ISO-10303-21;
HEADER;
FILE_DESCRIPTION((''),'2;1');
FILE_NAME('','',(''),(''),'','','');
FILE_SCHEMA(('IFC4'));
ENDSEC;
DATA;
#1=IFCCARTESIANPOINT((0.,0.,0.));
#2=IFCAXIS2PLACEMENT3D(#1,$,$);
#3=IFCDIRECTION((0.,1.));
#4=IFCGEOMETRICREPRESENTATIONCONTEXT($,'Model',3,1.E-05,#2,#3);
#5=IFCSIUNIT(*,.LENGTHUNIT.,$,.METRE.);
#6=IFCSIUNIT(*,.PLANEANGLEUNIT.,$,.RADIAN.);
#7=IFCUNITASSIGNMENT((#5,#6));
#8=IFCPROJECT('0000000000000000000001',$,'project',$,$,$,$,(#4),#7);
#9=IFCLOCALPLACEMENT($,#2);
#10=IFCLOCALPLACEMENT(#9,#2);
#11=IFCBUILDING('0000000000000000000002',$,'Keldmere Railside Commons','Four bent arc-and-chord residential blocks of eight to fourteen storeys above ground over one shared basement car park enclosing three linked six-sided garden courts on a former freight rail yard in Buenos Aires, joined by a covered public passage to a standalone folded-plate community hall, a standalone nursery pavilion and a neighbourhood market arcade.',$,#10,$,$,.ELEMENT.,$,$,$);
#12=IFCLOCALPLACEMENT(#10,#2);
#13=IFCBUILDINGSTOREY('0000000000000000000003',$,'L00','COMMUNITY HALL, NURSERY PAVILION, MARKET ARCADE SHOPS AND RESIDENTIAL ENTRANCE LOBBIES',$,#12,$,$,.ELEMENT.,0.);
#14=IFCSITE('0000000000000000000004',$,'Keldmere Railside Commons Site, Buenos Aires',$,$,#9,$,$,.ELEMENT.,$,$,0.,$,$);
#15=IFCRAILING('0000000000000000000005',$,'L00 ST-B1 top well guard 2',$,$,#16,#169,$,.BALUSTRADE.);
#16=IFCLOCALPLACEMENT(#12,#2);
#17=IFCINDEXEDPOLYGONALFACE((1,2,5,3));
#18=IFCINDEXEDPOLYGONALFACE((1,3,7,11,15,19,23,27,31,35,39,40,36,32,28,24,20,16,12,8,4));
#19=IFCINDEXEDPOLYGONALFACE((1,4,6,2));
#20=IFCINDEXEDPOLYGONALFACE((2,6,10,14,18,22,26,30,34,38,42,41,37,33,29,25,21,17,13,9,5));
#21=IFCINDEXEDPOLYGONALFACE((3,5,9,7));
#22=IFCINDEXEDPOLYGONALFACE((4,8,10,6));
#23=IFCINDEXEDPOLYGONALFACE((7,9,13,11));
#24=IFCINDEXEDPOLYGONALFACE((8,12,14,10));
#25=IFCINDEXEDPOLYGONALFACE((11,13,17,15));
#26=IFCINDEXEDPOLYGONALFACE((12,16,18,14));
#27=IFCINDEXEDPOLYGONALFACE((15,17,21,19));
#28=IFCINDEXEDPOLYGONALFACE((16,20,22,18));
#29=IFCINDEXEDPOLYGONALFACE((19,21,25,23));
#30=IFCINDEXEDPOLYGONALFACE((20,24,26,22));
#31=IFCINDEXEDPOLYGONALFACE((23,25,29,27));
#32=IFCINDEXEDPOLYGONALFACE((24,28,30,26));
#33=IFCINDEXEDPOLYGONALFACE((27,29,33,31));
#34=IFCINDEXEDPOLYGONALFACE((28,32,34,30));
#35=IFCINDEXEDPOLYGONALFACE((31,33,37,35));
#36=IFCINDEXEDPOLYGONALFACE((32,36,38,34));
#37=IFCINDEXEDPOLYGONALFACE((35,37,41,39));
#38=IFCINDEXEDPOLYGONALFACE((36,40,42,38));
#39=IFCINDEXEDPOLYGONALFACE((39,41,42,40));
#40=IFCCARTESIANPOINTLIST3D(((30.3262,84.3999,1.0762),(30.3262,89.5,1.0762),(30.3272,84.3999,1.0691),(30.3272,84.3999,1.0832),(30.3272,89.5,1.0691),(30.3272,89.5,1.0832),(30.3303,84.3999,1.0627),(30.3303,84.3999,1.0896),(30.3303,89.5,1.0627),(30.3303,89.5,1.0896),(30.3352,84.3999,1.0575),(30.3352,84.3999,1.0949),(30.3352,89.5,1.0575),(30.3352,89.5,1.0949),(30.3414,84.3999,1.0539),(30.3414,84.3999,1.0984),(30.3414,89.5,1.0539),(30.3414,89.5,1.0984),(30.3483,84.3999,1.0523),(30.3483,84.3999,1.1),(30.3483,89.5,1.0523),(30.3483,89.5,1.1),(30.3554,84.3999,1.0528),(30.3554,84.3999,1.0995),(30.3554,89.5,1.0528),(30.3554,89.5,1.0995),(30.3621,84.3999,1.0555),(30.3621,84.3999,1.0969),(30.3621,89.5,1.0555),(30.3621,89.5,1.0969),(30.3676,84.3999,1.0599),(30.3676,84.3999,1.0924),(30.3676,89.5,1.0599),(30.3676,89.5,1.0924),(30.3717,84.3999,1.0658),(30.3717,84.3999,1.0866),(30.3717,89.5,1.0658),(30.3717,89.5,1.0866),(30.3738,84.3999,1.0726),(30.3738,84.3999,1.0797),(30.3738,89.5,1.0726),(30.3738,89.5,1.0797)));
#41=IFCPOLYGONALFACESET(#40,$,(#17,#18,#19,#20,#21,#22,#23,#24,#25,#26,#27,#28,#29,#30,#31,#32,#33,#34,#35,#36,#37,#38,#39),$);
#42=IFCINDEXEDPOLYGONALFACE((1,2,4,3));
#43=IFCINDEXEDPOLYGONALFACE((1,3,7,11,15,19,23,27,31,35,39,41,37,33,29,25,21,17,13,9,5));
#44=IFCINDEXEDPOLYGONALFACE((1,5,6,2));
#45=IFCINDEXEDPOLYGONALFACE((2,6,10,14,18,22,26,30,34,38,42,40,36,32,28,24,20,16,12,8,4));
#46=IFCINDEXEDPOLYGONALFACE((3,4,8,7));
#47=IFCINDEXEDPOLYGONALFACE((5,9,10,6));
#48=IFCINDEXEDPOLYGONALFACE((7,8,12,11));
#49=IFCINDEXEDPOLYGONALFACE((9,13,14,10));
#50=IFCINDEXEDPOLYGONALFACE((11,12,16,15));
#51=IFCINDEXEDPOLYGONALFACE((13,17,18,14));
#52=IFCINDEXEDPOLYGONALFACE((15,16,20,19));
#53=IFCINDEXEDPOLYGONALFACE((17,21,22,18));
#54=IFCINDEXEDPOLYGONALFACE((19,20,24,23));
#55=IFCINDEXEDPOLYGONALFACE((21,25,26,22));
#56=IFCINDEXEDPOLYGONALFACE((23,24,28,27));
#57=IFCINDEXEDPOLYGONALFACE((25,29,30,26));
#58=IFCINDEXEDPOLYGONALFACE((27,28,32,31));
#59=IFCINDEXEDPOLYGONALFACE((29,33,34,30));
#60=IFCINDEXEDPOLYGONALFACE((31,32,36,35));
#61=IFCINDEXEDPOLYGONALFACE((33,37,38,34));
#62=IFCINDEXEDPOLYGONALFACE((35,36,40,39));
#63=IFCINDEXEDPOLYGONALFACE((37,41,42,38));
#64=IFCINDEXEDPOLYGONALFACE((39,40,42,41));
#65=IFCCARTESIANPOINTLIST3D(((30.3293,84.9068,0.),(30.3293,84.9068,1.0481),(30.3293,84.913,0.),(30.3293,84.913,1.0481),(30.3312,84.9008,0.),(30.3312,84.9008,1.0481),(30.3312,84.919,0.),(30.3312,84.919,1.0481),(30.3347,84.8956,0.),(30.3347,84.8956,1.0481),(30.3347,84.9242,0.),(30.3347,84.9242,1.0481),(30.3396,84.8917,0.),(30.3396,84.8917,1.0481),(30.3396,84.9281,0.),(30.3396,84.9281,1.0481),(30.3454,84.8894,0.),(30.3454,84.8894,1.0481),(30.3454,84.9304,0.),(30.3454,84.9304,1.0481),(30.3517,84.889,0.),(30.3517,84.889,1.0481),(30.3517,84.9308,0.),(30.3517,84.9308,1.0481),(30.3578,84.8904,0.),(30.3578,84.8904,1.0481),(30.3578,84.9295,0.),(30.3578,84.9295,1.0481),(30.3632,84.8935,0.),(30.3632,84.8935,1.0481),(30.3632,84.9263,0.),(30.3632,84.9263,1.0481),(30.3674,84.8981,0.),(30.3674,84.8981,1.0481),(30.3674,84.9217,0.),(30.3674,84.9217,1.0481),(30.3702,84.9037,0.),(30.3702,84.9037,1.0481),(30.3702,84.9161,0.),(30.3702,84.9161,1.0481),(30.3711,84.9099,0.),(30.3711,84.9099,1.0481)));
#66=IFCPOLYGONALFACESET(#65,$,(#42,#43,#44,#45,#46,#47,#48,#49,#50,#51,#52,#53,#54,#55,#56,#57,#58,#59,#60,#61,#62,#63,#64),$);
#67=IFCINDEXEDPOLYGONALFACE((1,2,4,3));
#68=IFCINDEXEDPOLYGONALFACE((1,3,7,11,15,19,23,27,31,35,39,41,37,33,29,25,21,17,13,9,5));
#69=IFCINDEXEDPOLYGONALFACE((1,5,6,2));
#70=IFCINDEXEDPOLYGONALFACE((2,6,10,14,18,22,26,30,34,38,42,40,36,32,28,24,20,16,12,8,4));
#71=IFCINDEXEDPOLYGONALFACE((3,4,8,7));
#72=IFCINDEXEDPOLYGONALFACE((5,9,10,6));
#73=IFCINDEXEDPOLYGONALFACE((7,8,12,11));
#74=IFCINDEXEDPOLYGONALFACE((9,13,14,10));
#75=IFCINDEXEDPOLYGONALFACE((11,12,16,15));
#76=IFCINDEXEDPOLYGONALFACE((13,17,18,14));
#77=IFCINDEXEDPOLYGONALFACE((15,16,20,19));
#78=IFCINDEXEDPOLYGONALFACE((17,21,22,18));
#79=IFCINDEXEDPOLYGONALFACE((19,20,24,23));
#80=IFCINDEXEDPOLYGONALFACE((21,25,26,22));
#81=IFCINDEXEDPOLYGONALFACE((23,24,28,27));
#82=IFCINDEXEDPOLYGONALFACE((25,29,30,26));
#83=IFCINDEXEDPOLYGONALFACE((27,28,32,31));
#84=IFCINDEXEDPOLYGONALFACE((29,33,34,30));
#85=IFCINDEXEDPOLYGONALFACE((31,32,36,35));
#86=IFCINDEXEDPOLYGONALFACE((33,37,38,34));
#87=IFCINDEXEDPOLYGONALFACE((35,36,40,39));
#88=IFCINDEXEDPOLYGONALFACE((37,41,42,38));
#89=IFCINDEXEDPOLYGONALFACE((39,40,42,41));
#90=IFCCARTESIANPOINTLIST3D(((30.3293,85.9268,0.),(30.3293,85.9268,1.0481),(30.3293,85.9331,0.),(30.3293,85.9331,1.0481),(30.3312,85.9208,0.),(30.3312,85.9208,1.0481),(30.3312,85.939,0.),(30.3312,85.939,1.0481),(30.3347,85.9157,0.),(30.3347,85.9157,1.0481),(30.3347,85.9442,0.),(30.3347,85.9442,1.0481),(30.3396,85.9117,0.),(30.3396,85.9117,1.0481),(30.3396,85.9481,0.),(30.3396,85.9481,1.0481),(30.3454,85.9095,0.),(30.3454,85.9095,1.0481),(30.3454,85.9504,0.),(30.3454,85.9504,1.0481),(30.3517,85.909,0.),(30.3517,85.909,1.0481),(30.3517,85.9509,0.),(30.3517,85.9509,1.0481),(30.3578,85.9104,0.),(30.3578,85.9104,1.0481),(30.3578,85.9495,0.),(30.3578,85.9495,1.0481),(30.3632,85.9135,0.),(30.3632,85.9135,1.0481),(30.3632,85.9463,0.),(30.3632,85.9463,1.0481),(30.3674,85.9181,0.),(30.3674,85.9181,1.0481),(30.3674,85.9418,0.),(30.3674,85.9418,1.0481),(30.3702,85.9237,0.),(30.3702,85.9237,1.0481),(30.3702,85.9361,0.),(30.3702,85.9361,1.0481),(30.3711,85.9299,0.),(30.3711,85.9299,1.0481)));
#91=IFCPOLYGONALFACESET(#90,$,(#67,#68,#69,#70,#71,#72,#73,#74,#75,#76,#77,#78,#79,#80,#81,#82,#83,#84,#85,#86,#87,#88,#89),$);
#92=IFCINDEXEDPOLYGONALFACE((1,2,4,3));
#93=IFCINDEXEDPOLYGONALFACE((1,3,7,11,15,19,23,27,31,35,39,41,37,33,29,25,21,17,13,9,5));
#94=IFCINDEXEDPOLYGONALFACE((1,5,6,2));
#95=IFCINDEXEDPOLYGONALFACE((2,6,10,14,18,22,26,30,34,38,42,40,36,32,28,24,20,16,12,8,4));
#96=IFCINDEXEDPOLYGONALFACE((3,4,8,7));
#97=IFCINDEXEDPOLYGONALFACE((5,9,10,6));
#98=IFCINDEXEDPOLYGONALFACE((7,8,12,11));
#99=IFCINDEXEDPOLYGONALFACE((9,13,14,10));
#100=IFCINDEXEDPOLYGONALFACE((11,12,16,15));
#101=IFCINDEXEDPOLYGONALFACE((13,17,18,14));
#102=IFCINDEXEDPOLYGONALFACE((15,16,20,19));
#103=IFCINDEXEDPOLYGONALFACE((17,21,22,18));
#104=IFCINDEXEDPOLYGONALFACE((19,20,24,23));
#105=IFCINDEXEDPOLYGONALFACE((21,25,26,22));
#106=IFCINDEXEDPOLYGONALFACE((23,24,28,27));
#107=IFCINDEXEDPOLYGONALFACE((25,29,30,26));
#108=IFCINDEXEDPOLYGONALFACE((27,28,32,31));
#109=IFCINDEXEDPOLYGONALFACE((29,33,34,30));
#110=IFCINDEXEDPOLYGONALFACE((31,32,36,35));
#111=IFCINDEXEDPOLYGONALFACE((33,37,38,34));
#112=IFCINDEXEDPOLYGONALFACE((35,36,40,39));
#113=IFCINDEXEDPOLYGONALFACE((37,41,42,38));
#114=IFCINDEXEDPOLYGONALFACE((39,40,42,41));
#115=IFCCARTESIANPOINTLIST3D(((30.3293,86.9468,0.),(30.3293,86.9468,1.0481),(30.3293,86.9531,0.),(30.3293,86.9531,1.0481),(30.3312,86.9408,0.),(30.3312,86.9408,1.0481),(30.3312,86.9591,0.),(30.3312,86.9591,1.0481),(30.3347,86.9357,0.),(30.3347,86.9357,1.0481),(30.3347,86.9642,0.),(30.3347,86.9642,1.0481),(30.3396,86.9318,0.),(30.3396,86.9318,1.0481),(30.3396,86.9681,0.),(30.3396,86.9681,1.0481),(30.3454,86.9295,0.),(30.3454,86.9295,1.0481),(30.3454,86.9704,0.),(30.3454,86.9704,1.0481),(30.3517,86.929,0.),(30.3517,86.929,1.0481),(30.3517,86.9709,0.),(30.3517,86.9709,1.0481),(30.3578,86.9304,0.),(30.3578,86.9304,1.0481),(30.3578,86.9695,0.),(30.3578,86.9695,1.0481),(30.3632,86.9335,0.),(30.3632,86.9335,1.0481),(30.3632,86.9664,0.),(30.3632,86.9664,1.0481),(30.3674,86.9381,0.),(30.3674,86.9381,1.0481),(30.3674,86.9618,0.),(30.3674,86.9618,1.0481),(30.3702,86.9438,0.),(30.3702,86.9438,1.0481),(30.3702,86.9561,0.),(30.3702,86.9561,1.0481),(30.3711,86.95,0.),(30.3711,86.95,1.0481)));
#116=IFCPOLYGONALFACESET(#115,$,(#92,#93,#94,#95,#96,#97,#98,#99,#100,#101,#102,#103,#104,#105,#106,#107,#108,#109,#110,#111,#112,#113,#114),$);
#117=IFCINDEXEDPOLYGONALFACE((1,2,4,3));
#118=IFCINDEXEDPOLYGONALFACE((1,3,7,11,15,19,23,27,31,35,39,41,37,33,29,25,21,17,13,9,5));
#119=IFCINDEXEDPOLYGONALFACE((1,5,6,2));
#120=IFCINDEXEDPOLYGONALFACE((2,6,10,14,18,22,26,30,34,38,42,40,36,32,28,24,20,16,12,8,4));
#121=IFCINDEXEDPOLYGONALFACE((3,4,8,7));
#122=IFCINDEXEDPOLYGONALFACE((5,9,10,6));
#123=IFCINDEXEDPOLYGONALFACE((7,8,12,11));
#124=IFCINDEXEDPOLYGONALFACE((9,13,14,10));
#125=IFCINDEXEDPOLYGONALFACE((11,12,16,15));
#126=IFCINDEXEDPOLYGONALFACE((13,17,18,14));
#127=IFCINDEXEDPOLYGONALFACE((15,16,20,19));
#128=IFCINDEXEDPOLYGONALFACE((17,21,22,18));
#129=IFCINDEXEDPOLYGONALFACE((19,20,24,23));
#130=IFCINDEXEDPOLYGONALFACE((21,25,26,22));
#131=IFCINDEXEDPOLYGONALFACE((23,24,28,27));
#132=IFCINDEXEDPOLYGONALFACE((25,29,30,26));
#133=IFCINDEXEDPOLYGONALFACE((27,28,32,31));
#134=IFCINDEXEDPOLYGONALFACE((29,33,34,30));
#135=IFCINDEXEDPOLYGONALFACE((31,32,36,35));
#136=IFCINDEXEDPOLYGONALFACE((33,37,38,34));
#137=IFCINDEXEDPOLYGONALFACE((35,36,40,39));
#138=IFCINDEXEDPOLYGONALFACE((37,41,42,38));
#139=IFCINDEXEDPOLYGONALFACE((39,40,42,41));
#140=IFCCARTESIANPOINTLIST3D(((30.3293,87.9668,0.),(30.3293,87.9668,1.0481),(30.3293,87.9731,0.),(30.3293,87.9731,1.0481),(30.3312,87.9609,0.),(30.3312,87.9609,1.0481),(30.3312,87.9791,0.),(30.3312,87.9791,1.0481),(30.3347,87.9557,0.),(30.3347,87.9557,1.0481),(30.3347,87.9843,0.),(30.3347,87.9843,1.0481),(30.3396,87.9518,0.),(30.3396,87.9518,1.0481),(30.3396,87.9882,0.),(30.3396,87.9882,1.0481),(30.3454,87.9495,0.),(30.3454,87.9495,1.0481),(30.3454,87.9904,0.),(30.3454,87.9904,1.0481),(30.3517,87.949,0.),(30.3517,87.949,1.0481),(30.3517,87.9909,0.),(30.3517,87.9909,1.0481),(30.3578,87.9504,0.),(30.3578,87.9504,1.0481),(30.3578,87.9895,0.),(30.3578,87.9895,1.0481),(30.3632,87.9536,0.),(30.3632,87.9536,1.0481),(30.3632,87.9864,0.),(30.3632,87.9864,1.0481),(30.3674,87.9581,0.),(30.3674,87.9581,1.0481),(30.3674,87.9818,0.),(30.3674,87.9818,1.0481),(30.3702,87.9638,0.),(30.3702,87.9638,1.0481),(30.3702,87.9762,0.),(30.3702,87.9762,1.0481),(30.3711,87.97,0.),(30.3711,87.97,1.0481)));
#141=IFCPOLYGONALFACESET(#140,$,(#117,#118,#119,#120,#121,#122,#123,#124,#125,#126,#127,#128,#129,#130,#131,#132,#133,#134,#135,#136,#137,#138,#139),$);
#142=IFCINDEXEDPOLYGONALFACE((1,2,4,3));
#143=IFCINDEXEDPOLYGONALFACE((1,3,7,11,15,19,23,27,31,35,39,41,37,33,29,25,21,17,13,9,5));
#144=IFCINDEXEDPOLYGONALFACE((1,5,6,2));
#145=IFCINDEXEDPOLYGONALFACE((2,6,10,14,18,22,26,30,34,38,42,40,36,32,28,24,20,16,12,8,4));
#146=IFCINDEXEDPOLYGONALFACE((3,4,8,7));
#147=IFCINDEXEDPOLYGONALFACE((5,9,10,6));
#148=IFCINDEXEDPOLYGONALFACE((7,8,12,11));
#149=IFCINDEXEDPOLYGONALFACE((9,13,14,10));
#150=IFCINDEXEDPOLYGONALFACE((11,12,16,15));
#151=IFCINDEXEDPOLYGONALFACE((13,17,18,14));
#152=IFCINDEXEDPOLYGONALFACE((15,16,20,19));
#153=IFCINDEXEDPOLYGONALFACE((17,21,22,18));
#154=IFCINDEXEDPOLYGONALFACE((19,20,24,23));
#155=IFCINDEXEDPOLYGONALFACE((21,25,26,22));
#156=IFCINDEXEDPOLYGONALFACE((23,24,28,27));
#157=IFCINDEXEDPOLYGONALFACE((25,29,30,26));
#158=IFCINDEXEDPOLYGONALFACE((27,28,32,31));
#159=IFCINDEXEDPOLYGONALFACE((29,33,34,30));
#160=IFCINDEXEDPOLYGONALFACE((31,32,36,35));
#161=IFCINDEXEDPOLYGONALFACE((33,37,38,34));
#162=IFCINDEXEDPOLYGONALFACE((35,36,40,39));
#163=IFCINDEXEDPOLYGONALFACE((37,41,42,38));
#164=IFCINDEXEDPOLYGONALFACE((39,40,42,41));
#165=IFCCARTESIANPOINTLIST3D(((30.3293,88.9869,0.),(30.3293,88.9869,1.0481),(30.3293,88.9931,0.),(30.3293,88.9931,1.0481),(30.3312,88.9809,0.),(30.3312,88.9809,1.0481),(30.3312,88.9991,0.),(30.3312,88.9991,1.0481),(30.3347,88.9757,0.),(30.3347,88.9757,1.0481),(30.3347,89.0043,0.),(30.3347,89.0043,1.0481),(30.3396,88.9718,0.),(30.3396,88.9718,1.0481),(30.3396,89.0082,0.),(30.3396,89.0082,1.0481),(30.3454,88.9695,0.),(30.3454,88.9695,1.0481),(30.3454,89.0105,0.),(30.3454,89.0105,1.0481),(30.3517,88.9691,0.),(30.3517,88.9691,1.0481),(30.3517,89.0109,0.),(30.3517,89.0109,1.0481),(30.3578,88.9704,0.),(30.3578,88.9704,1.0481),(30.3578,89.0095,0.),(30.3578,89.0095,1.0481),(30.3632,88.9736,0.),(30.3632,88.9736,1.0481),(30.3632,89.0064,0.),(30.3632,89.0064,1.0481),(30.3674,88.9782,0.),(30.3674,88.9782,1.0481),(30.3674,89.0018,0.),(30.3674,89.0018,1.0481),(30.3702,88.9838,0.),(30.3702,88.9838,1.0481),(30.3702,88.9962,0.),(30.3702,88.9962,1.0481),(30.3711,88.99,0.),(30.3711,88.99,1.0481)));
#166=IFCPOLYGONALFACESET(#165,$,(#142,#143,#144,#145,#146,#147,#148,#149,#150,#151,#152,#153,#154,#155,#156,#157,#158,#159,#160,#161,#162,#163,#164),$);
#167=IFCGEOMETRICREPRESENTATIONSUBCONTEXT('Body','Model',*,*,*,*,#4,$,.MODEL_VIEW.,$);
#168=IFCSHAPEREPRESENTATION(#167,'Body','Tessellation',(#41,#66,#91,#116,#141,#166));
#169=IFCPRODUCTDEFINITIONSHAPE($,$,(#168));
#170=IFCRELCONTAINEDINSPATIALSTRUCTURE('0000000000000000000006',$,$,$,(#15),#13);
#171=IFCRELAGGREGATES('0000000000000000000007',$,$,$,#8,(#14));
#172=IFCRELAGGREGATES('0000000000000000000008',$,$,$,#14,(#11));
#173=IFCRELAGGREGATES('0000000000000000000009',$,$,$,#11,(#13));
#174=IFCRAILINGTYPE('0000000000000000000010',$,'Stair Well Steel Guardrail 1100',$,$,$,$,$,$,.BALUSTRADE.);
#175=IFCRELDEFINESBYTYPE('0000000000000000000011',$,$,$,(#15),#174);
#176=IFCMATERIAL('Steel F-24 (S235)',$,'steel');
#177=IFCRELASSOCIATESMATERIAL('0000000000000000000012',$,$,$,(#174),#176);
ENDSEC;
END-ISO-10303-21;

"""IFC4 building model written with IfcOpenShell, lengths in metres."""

from ifc_helpers import new_model, si_unit, direction, frame, origin, origin_2d, place, context, subcontext, project, spatial, circle, extrude, material, type_object, element, save


model = new_model("IFC4")

# Units and contexts
model_context = context("Model", 3, precision=1e-05, world=origin(), true_north=direction((0.0, 1.0)))
body_context = subcontext(model_context, "Body", "Model", "MODEL_VIEW")
ifc_project = project(units=[si_unit("LENGTHUNIT", "METRE"), si_unit("PLANEANGLEUNIT", "RADIAN")], contexts=[model_context])

# Site, building, storey
site_placement = place(None, origin())
site = spatial("IfcSite", under=ifc_project, at=site_placement, Name="Keldmere Railside Commons Site, Buenos Aires", CompositionType="ELEMENT", RefElevation=0.0)
building_placement = place(site_placement, origin())
building = spatial("IfcBuilding", under=site, at=building_placement, Name="Keldmere Railside Commons", Description="Four bent arc-and-chord residential blocks of eight to fourteen storeys above ground over one shared basement car park enclosing three linked six-sided garden courts on a former freight rail yard in Buenos Aires, joined by a covered public passage to a standalone folded-plate community hall, a standalone nursery pavilion and a neighbourhood market arcade.", CompositionType="ELEMENT")
storey_placement = place(building_placement, origin())
storey = spatial("IfcBuildingStorey", under=building, at=storey_placement, Name="L00", Description="COMMUNITY HALL, NURSERY PAVILION, MARKET ARCADE SHOPS AND RESIDENTIAL ENTRANCE LOBBIES", CompositionType="ELEMENT", Elevation=0.0)

# Shared definitions
ifc_material_1 = material(Name="Steel F-24 (S235)", Category="steel")

# Railing
railing_type = type_object("IfcRailingType", Name="Stair Well Steel Guardrail 1100", PredefinedType="BALUSTRADE", material=ifc_material_1)
railing_1_placement = place(storey_placement, frame((30.3501, 84.3999, 0.0)))
element("IfcRailing", 1, at=railing_1_placement, inside=storey, type_object=railing_type, Name="L00 ST-B1 top well guard 2", PredefinedType="BALUSTRADE", context=body_context, shape_type="SweptSolid", body=[
    extrude(circle(Radius=0.0239, at=origin_2d()), frame((0.0, 0.0, 1.0762), z_axis=(0.0, 1.0, 0.0), x_axis=(-1.0, 0.0, 0.0)), (0.0, 0.0, 1.0), 5.1001),
    extrude(circle(Radius=0.021, at=origin_2d()), frame((0.0, 0.51, 0.0)), (0.0, 0.0, 1.0), 1.0481),
    extrude(circle(Radius=0.021, at=origin_2d()), frame((0.0, 1.53, 0.0)), (0.0, 0.0, 1.0), 1.0481),
    extrude(circle(Radius=0.021, at=origin_2d()), frame((0.0, 2.55, 0.0)), (0.0, 0.0, 1.0), 1.0481),
    extrude(circle(Radius=0.021, at=origin_2d()), frame((0.0, 3.5701, 0.0)), (0.0, 0.0, 1.0), 1.0481),
    extrude(circle(Radius=0.021, at=origin_2d()), frame((0.0, 4.5901, 0.0)), (0.0, 0.0, 1.0), 1.0481),
])

save(model, "model.ifc")
